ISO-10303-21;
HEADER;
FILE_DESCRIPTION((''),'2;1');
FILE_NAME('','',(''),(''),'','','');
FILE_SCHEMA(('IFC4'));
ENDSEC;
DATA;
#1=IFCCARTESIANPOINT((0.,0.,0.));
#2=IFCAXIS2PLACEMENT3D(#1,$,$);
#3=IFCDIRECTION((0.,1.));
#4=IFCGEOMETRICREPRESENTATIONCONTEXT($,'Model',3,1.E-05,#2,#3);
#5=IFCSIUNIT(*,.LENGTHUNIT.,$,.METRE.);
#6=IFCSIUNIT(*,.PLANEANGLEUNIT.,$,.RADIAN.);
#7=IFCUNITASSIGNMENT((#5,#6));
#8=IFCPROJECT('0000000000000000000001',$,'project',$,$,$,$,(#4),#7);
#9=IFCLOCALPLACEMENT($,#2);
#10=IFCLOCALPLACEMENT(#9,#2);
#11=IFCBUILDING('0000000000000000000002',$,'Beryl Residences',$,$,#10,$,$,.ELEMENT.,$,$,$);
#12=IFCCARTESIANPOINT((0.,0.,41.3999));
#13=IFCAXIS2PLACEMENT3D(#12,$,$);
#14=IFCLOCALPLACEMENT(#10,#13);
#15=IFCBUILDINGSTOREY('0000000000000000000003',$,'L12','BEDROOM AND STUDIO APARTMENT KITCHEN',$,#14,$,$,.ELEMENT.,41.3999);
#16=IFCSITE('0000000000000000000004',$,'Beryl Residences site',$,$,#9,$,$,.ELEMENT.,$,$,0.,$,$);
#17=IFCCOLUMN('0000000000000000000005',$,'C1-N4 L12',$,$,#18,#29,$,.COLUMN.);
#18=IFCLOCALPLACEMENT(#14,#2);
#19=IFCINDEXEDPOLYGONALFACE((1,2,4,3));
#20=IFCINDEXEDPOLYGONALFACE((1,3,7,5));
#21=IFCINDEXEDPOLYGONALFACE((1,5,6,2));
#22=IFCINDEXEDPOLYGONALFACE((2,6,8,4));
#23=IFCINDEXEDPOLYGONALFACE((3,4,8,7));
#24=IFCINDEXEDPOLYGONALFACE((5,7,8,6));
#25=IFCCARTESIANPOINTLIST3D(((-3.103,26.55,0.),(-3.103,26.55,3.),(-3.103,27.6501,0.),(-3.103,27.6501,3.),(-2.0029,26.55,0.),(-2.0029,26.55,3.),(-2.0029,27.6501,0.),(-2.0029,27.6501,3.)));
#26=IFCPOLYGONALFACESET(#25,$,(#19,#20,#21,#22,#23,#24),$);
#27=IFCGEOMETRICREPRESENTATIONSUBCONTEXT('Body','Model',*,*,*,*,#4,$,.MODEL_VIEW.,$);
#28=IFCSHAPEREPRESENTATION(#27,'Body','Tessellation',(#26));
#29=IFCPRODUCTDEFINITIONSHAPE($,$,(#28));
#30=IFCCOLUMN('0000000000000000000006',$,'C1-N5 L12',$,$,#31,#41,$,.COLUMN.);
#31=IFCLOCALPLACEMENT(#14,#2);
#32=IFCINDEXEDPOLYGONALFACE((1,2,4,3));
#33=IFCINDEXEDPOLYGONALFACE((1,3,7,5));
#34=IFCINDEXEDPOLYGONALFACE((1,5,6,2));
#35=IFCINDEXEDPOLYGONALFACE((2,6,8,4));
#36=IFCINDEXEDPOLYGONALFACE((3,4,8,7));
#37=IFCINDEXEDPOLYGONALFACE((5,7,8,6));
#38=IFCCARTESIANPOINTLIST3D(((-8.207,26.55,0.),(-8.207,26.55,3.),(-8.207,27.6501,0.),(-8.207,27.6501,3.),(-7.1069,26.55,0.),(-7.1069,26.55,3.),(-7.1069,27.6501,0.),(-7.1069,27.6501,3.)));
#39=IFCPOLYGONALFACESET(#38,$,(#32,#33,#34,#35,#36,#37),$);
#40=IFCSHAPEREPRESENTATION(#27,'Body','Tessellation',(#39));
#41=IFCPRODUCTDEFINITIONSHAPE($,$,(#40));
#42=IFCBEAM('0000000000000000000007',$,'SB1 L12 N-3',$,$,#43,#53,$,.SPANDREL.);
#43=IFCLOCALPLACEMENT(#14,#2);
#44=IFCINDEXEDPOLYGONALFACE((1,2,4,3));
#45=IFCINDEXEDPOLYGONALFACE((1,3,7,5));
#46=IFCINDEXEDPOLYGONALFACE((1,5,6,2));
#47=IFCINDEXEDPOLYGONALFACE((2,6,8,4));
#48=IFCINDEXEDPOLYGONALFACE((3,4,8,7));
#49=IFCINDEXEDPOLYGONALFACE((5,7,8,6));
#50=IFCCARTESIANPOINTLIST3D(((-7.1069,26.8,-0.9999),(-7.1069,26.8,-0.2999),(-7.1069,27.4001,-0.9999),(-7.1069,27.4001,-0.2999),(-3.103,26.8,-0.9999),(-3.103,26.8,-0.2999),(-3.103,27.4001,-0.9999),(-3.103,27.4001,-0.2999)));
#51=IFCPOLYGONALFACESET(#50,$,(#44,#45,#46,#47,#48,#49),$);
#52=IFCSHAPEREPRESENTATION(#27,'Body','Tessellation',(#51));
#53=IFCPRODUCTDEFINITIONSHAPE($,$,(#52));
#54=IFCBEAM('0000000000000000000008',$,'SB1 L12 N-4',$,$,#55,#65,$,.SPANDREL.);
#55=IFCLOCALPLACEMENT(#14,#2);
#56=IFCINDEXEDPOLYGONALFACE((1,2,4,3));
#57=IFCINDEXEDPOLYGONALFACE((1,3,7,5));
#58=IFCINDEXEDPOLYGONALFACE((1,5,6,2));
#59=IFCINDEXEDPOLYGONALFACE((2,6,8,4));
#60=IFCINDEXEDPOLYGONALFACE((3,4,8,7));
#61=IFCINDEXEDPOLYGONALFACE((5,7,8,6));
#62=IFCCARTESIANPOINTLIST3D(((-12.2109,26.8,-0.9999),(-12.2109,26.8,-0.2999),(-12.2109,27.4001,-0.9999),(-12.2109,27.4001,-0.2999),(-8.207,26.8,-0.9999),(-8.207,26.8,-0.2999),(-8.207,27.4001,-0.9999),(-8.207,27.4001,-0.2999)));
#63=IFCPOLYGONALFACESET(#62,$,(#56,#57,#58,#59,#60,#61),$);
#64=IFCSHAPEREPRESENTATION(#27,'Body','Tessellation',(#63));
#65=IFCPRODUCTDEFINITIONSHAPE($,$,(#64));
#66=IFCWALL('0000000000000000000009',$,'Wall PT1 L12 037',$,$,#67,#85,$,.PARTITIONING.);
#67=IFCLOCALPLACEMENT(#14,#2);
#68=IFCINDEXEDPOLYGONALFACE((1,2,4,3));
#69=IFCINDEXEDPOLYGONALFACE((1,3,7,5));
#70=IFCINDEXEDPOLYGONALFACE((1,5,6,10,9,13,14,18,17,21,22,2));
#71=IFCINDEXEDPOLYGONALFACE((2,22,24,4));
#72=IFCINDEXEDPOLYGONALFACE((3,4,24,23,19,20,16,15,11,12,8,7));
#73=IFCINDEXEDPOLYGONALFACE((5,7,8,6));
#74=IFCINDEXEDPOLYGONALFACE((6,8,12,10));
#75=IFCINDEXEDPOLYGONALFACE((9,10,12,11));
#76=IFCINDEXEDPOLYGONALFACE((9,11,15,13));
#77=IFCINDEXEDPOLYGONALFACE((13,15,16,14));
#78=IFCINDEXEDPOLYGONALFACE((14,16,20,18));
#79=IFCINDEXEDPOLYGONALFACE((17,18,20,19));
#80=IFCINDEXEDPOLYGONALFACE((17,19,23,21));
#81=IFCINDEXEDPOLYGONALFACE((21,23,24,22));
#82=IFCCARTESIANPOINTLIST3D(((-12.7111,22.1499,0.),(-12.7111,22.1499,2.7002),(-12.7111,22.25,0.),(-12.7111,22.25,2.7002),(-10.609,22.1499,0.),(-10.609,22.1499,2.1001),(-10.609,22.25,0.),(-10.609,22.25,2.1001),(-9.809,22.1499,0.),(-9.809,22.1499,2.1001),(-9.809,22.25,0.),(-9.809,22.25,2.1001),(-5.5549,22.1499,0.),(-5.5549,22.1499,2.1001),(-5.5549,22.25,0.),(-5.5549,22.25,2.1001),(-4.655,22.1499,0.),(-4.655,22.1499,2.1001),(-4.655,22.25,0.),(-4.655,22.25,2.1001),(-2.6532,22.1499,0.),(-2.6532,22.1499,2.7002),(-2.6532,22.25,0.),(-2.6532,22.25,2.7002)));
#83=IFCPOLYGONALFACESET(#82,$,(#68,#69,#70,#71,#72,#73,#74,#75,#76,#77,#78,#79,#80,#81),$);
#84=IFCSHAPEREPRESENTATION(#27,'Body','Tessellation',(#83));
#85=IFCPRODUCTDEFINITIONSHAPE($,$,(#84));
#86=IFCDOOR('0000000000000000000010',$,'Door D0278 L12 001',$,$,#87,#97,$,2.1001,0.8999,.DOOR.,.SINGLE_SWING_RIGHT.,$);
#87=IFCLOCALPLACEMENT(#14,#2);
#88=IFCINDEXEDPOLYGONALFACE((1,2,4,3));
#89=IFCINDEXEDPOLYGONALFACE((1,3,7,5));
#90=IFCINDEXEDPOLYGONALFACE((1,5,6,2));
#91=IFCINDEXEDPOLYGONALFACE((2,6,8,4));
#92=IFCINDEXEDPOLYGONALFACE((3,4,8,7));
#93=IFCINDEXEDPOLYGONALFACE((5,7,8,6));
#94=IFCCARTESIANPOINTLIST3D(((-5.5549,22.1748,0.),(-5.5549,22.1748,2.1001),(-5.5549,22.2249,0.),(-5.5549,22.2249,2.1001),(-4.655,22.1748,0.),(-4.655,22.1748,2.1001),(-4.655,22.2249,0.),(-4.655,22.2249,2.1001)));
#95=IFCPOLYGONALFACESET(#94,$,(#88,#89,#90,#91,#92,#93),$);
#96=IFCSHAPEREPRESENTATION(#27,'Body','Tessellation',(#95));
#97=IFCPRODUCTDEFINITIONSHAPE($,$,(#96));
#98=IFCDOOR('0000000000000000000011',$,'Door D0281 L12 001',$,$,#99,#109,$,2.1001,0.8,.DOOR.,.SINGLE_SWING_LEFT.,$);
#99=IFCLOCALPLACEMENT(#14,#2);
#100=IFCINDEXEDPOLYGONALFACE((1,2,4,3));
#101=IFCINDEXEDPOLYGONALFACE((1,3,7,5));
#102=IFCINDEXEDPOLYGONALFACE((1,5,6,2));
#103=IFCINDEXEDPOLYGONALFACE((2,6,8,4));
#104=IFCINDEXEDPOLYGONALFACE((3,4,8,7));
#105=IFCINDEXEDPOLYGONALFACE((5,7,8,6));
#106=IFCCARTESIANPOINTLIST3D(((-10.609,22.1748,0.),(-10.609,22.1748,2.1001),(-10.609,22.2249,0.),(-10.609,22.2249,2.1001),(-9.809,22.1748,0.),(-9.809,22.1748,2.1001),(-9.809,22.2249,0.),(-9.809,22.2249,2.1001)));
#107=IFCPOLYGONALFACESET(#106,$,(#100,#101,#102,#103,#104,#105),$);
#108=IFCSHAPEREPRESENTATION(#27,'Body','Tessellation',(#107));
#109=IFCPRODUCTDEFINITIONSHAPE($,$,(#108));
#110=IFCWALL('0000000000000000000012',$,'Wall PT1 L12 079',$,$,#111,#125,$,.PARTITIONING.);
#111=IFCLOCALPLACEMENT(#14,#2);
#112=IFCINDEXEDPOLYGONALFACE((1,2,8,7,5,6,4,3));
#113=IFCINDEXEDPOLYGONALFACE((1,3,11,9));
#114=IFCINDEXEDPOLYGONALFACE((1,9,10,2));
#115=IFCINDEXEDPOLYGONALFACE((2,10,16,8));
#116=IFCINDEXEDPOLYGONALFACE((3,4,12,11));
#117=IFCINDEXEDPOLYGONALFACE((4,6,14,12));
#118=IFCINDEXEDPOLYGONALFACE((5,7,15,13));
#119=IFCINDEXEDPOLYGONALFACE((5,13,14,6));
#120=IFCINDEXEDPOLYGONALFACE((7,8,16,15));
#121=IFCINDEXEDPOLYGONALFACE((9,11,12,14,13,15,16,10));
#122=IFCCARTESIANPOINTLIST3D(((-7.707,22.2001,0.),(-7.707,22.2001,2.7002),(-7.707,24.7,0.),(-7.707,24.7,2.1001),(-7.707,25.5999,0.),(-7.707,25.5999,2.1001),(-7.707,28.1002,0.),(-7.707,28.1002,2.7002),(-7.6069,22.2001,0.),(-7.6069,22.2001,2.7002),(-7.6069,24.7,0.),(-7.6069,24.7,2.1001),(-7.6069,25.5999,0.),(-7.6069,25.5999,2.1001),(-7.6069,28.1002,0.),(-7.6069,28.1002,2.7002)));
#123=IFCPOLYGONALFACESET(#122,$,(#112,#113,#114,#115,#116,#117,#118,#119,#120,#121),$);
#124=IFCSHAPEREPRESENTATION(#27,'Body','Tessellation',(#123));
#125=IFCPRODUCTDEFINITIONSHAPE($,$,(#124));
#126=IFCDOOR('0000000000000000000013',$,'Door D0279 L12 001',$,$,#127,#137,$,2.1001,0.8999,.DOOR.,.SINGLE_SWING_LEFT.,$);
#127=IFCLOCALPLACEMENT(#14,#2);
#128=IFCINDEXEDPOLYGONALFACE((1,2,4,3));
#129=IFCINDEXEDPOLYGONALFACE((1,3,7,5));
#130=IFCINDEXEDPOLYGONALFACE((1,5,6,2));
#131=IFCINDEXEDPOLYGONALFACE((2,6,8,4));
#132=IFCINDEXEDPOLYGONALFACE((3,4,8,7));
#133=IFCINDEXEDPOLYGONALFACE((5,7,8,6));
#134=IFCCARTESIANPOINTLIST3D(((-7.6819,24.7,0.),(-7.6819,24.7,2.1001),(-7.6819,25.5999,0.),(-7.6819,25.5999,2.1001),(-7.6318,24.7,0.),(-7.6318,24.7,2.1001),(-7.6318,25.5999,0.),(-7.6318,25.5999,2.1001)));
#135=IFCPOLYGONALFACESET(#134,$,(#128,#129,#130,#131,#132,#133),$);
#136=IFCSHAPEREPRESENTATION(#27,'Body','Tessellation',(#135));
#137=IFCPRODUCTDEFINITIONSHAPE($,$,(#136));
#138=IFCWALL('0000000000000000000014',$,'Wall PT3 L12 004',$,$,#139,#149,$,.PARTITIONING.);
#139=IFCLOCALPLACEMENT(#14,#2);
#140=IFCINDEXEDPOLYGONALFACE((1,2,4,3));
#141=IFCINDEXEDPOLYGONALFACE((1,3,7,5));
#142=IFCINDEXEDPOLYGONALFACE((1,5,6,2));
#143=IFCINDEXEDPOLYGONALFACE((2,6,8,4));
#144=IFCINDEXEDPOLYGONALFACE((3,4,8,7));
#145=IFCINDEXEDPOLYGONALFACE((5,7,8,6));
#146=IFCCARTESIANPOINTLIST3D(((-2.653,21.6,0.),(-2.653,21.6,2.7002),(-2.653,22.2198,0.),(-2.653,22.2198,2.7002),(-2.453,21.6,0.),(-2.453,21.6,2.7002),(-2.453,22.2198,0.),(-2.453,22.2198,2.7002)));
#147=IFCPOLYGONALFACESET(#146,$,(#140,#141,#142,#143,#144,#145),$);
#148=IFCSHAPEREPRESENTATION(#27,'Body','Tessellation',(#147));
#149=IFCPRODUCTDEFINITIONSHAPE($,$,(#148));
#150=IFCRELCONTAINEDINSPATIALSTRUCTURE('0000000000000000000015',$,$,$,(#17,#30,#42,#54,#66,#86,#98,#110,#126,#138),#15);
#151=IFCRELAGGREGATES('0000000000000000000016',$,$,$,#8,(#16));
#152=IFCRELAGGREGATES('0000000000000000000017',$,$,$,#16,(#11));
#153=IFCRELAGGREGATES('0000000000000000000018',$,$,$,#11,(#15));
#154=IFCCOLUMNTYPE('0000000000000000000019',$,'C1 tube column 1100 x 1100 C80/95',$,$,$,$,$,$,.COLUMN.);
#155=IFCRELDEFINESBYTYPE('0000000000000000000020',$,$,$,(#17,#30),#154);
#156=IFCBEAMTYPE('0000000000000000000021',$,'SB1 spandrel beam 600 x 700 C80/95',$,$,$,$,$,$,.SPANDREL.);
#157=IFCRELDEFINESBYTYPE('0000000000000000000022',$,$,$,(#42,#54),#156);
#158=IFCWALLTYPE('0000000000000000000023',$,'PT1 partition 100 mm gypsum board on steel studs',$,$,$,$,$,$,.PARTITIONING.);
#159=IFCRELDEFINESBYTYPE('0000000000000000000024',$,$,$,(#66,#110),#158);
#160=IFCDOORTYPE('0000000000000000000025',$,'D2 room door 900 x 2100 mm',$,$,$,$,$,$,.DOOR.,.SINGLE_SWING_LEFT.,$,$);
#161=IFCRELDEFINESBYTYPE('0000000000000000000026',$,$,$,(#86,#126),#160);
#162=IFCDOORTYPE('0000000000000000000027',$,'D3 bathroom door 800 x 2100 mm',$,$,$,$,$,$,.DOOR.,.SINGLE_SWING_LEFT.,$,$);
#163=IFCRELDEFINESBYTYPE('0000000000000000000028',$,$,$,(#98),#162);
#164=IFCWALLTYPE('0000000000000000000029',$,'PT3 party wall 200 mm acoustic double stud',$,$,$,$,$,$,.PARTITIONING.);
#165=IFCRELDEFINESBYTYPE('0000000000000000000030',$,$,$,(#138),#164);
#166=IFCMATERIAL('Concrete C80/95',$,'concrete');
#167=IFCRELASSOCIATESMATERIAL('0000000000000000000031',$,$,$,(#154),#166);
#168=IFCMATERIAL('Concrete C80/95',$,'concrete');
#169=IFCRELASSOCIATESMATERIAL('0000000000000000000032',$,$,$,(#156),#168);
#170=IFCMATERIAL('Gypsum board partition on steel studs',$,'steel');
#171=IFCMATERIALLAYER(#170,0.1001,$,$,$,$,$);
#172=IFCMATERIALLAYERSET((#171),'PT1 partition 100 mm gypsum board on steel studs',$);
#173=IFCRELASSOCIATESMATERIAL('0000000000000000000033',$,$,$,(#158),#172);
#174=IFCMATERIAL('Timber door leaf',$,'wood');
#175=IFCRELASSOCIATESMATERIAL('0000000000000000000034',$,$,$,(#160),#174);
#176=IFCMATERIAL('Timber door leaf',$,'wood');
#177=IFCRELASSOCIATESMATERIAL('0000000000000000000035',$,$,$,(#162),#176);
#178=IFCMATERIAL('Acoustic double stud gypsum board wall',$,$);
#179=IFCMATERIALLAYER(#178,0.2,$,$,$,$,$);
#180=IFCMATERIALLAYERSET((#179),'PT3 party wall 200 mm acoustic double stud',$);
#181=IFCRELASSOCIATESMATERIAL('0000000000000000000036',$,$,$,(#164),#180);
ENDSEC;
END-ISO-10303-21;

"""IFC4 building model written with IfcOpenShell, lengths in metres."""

from ifc_helpers import new_model, si_unit, direction, frame, frame_2d, origin, origin_2d, place, context, subcontext, project, spatial, rectangle, extrude, material, layer, layer_set, material_profile, profile_set, type_object, element, fill, save


model = new_model("IFC4")

# Units and contexts
model_context = context("Model", 3, precision=1e-05, world=origin(), true_north=direction((0.0, 1.0)))
body_context = subcontext(model_context, "Body", "Model", "MODEL_VIEW")
ifc_project = project(units=[si_unit("LENGTHUNIT", "METRE"), si_unit("PLANEANGLEUNIT", "RADIAN")], contexts=[model_context])

# Site, building, storey
site_placement = place(None, origin())
site = spatial("IfcSite", under=ifc_project, at=site_placement, Name="Beryl Residences site", CompositionType="ELEMENT", RefElevation=0.0)
building_placement = place(site_placement, origin())
building = spatial("IfcBuilding", under=site, at=building_placement, Name="Beryl Residences", CompositionType="ELEMENT")
storey_placement = place(building_placement, frame((0.0, 0.0, 41.3999)))
storey = spatial("IfcBuildingStorey", under=building, at=storey_placement, Name="L12", Description="BEDROOM AND STUDIO APARTMENT KITCHEN", CompositionType="ELEMENT", Elevation=41.3999)

# Columns
ifc_material_1 = material(Name="Concrete C80/95", Category="concrete")
ifc_material_profile_1 = material_profile(ifc_material_1, rectangle(XDim=1.1001, YDim=1.1001, at=origin_2d()))
ifc_profile_set_1 = profile_set([ifc_material_profile_1], Name="Concrete C80/95")
column_type = type_object("IfcColumnType", Name="C1 tube column 1100 x 1100 C80/95", PredefinedType="COLUMN", material=ifc_profile_set_1)
for number, where, z_axis, x_axis, name in (
    (1, (-2.553, 27.1001, 0.0), (0.0, 0.0, 1.0), (-1.0, 0.0, 0.0), "C1-N4 L12"),
    (2, (-7.657, 27.1001, 0.0), (0.0, 0.0, 1.0), (-1.0, 0.0, 0.0), "C1-N5 L12"),
):
    element("IfcColumn", number, at=place(storey_placement, frame(where, z_axis=z_axis, x_axis=x_axis)), inside=storey, type_object=column_type, Name=name, PredefinedType="COLUMN", context=body_context, shape_type="SweptSolid", body=[
        extrude(rectangle(XDim=1.1001, YDim=1.1001, at=origin_2d()), origin(), (0.0, 0.0, 1.0), 3.0),
    ])

# Beams
ifc_material_2 = material(Name="Concrete C80/95", Category="concrete")
ifc_material_profile_2 = material_profile(ifc_material_2, rectangle(XDim=0.6001, YDim=0.7, at=origin_2d()))
ifc_profile_set_2 = profile_set([ifc_material_profile_2], Name="Concrete C80/95")
beam_type = type_object("IfcBeamType", Name="SB1 spandrel beam 600 x 700 C80/95", PredefinedType="SPANDREL", material=ifc_profile_set_2)
for number, where, z_axis, x_axis, name in (
    (3, (-3.103, 27.1001, -0.6499), (-1.0, 0.0, 0.0), (0.0, -1.0, 0.0), "SB1 L12 N-3"),
    (4, (-8.207, 27.1001, -0.6499), (-1.0, 0.0, 0.0), (0.0, -1.0, 0.0), "SB1 L12 N-4"),
):
    element("IfcBeam", number, at=place(storey_placement, frame(where, z_axis=z_axis, x_axis=x_axis)), inside=storey, type_object=beam_type, Name=name, PredefinedType="SPANDREL", context=body_context, shape_type="SweptSolid", body=[
        extrude(rectangle(XDim=0.6001, YDim=0.7, at=origin_2d()), origin(), (0.0, 0.0, 1.0), 4.0039),
    ])

# Wall, openings, doors
ifc_material_3 = material(Name="Gypsum board partition on steel studs", Category="steel")
ifc_layer_1 = layer(ifc_material_3, 0.1001)
ifc_layer_set_1 = layer_set([ifc_layer_1], Name="PT1 partition 100 mm gypsum board on steel studs")
wall_type_1 = type_object("IfcWallType", Name="PT1 partition 100 mm gypsum board on steel studs", PredefinedType="PARTITIONING", material=ifc_layer_set_1)
wall_1_placement = place(storey_placement, frame((-12.7109, 22.2, 0.0), z_axis=(0.0, 0.0, 1.0), x_axis=(1.0, 0.0, 0.0)))
wall_1 = element("IfcWall", 5, at=wall_1_placement, inside=storey, type_object=wall_type_1, Name="Wall PT1 L12 037", PredefinedType="PARTITIONING", context=body_context, shape_type="SweptSolid", body=[
    extrude(rectangle(XDim=10.0579, YDim=0.1001, at=frame_2d((5.0288, 0.0))), origin(), (0.0, 0.0, 1.0), 2.7002),
])
opening_1_placement = place(wall_1_placement, frame((7.156, 0.0, 0.0)))
opening_1 = element("IfcOpeningElement", 6, at=opening_1_placement, cuts=wall_1, PredefinedType="OPENING", context=body_context, shape_type="SweptSolid", body=[
    extrude(rectangle(XDim=0.8999, YDim=2.1001, at=frame_2d((0.45, 1.05))), frame((0.0, 0.0601, 0.0), z_axis=(0.0, -1.0, 0.0), x_axis=(1.0, 0.0, 0.0)), (0.0, 0.0, 1.0), 0.1201),
])
opening_2_placement = place(wall_1_placement, frame((2.1021, 0.0, 0.0)))
opening_2 = element("IfcOpeningElement", 7, at=opening_2_placement, cuts=wall_1, PredefinedType="OPENING", context=body_context, shape_type="SweptSolid", body=[
    extrude(rectangle(XDim=0.8, YDim=2.1001, at=frame_2d((0.3999, 1.05))), frame((0.0, 0.0601, 0.0), z_axis=(0.0, -1.0, 0.0), x_axis=(1.0, 0.0, 0.0)), (0.0, 0.0, 1.0), 0.1201),
])
ifc_material_4 = material(Name="Timber door leaf", Category="wood")
door_type_1 = type_object("IfcDoorType", Name="D2 room door 900 x 2100 mm", OperationType="SINGLE_SWING_LEFT", PredefinedType="DOOR", material=ifc_material_4)
door_1_placement = place(opening_1_placement, origin())
door_1 = element("IfcDoor", 8, at=door_1_placement, inside=storey, type_object=door_type_1, Name="Door D0278 L12 001", OperationType="SINGLE_SWING_RIGHT", OverallHeight=2.1001, OverallWidth=0.8999, PredefinedType="DOOR", context=body_context, shape_type="SweptSolid", body=[
    extrude(rectangle(XDim=0.8999, YDim=2.1001, at=frame_2d((0.45, 1.05))), frame((0.0, 0.0249, 0.0), z_axis=(0.0, -1.0, 0.0), x_axis=(1.0, 0.0, 0.0)), (0.0, 0.0, 1.0), 0.05),
])
fill(opening_1, door_1)
ifc_material_5 = material(Name="Timber door leaf", Category="wood")
door_type_2 = type_object("IfcDoorType", Name="D3 bathroom door 800 x 2100 mm", OperationType="SINGLE_SWING_LEFT", PredefinedType="DOOR", material=ifc_material_5)
door_2_placement = place(opening_2_placement, origin())
door_2 = element("IfcDoor", 9, at=door_2_placement, inside=storey, type_object=door_type_2, Name="Door D0281 L12 001", OperationType="SINGLE_SWING_LEFT", OverallHeight=2.1001, OverallWidth=0.8, PredefinedType="DOOR", context=body_context, shape_type="SweptSolid", body=[
    extrude(rectangle(XDim=0.8, YDim=2.1001, at=frame_2d((0.3999, 1.05))), frame((0.0, 0.0249, 0.0), z_axis=(0.0, -1.0, 0.0), x_axis=(1.0, 0.0, 0.0)), (0.0, 0.0, 1.0), 0.05),
])
fill(opening_2, door_2)

# Wall, opening, door
wall_2_placement = place(storey_placement, frame((-7.657, 22.2, 0.0), z_axis=(0.0, 0.0, 1.0), x_axis=(0.0, 1.0, 0.0)))
wall_2 = element("IfcWall", 10, at=wall_2_placement, inside=storey, type_object=wall_type_1, Name="Wall PT1 L12 079", PredefinedType="PARTITIONING", context=body_context, shape_type="SweptSolid", body=[
    extrude(rectangle(XDim=5.9001, YDim=0.1001, at=frame_2d((2.9502, 0.0))), origin(), (0.0, 0.0, 1.0), 2.7002),
])
opening_3_placement = place(wall_2_placement, frame((2.5, 0.0, 0.0)))
opening_3 = element("IfcOpeningElement", 11, at=opening_3_placement, cuts=wall_2, PredefinedType="OPENING", context=body_context, shape_type="SweptSolid", body=[
    extrude(rectangle(XDim=0.8999, YDim=2.1001, at=frame_2d((0.45, 1.05))), frame((0.0, 0.0601, 0.0), z_axis=(0.0, -1.0, 0.0), x_axis=(1.0, 0.0, 0.0)), (0.0, 0.0, 1.0), 0.1201),
])
door_3_placement = place(opening_3_placement, origin())
door_3 = element("IfcDoor", 12, at=door_3_placement, inside=storey, type_object=door_type_1, Name="Door D0279 L12 001", OperationType="SINGLE_SWING_LEFT", OverallHeight=2.1001, OverallWidth=0.8999, PredefinedType="DOOR", context=body_context, shape_type="SweptSolid", body=[
    extrude(rectangle(XDim=0.8999, YDim=2.1001, at=frame_2d((0.45, 1.05))), frame((0.0, 0.0249, 0.0), z_axis=(0.0, -1.0, 0.0), x_axis=(1.0, 0.0, 0.0)), (0.0, 0.0, 1.0), 0.05),
])
fill(opening_3, door_3)

# Wall
ifc_material_6 = material(Name="Acoustic double stud gypsum board wall")
ifc_layer_2 = layer(ifc_material_6, 0.2)
ifc_layer_set_2 = layer_set([ifc_layer_2], Name="PT3 party wall 200 mm acoustic double stud")
wall_type_2 = type_object("IfcWallType", Name="PT3 party wall 200 mm acoustic double stud", PredefinedType="PARTITIONING", material=ifc_layer_set_2)
wall_3_placement = place(storey_placement, frame((-2.553, 22.22, 0.0), z_axis=(0.0, 0.0, 1.0), x_axis=(0.0, -1.0, 0.0)))
element("IfcWall", 13, at=wall_3_placement, inside=storey, type_object=wall_type_2, Name="Wall PT3 L12 004", PredefinedType="PARTITIONING", context=body_context, shape_type="SweptSolid", body=[
    extrude(rectangle(XDim=0.6199, YDim=0.2, at=frame_2d((0.3101, 0.0))), origin(), (0.0, 0.0, 1.0), 2.7002),
])

save(model, "model.ifc")
